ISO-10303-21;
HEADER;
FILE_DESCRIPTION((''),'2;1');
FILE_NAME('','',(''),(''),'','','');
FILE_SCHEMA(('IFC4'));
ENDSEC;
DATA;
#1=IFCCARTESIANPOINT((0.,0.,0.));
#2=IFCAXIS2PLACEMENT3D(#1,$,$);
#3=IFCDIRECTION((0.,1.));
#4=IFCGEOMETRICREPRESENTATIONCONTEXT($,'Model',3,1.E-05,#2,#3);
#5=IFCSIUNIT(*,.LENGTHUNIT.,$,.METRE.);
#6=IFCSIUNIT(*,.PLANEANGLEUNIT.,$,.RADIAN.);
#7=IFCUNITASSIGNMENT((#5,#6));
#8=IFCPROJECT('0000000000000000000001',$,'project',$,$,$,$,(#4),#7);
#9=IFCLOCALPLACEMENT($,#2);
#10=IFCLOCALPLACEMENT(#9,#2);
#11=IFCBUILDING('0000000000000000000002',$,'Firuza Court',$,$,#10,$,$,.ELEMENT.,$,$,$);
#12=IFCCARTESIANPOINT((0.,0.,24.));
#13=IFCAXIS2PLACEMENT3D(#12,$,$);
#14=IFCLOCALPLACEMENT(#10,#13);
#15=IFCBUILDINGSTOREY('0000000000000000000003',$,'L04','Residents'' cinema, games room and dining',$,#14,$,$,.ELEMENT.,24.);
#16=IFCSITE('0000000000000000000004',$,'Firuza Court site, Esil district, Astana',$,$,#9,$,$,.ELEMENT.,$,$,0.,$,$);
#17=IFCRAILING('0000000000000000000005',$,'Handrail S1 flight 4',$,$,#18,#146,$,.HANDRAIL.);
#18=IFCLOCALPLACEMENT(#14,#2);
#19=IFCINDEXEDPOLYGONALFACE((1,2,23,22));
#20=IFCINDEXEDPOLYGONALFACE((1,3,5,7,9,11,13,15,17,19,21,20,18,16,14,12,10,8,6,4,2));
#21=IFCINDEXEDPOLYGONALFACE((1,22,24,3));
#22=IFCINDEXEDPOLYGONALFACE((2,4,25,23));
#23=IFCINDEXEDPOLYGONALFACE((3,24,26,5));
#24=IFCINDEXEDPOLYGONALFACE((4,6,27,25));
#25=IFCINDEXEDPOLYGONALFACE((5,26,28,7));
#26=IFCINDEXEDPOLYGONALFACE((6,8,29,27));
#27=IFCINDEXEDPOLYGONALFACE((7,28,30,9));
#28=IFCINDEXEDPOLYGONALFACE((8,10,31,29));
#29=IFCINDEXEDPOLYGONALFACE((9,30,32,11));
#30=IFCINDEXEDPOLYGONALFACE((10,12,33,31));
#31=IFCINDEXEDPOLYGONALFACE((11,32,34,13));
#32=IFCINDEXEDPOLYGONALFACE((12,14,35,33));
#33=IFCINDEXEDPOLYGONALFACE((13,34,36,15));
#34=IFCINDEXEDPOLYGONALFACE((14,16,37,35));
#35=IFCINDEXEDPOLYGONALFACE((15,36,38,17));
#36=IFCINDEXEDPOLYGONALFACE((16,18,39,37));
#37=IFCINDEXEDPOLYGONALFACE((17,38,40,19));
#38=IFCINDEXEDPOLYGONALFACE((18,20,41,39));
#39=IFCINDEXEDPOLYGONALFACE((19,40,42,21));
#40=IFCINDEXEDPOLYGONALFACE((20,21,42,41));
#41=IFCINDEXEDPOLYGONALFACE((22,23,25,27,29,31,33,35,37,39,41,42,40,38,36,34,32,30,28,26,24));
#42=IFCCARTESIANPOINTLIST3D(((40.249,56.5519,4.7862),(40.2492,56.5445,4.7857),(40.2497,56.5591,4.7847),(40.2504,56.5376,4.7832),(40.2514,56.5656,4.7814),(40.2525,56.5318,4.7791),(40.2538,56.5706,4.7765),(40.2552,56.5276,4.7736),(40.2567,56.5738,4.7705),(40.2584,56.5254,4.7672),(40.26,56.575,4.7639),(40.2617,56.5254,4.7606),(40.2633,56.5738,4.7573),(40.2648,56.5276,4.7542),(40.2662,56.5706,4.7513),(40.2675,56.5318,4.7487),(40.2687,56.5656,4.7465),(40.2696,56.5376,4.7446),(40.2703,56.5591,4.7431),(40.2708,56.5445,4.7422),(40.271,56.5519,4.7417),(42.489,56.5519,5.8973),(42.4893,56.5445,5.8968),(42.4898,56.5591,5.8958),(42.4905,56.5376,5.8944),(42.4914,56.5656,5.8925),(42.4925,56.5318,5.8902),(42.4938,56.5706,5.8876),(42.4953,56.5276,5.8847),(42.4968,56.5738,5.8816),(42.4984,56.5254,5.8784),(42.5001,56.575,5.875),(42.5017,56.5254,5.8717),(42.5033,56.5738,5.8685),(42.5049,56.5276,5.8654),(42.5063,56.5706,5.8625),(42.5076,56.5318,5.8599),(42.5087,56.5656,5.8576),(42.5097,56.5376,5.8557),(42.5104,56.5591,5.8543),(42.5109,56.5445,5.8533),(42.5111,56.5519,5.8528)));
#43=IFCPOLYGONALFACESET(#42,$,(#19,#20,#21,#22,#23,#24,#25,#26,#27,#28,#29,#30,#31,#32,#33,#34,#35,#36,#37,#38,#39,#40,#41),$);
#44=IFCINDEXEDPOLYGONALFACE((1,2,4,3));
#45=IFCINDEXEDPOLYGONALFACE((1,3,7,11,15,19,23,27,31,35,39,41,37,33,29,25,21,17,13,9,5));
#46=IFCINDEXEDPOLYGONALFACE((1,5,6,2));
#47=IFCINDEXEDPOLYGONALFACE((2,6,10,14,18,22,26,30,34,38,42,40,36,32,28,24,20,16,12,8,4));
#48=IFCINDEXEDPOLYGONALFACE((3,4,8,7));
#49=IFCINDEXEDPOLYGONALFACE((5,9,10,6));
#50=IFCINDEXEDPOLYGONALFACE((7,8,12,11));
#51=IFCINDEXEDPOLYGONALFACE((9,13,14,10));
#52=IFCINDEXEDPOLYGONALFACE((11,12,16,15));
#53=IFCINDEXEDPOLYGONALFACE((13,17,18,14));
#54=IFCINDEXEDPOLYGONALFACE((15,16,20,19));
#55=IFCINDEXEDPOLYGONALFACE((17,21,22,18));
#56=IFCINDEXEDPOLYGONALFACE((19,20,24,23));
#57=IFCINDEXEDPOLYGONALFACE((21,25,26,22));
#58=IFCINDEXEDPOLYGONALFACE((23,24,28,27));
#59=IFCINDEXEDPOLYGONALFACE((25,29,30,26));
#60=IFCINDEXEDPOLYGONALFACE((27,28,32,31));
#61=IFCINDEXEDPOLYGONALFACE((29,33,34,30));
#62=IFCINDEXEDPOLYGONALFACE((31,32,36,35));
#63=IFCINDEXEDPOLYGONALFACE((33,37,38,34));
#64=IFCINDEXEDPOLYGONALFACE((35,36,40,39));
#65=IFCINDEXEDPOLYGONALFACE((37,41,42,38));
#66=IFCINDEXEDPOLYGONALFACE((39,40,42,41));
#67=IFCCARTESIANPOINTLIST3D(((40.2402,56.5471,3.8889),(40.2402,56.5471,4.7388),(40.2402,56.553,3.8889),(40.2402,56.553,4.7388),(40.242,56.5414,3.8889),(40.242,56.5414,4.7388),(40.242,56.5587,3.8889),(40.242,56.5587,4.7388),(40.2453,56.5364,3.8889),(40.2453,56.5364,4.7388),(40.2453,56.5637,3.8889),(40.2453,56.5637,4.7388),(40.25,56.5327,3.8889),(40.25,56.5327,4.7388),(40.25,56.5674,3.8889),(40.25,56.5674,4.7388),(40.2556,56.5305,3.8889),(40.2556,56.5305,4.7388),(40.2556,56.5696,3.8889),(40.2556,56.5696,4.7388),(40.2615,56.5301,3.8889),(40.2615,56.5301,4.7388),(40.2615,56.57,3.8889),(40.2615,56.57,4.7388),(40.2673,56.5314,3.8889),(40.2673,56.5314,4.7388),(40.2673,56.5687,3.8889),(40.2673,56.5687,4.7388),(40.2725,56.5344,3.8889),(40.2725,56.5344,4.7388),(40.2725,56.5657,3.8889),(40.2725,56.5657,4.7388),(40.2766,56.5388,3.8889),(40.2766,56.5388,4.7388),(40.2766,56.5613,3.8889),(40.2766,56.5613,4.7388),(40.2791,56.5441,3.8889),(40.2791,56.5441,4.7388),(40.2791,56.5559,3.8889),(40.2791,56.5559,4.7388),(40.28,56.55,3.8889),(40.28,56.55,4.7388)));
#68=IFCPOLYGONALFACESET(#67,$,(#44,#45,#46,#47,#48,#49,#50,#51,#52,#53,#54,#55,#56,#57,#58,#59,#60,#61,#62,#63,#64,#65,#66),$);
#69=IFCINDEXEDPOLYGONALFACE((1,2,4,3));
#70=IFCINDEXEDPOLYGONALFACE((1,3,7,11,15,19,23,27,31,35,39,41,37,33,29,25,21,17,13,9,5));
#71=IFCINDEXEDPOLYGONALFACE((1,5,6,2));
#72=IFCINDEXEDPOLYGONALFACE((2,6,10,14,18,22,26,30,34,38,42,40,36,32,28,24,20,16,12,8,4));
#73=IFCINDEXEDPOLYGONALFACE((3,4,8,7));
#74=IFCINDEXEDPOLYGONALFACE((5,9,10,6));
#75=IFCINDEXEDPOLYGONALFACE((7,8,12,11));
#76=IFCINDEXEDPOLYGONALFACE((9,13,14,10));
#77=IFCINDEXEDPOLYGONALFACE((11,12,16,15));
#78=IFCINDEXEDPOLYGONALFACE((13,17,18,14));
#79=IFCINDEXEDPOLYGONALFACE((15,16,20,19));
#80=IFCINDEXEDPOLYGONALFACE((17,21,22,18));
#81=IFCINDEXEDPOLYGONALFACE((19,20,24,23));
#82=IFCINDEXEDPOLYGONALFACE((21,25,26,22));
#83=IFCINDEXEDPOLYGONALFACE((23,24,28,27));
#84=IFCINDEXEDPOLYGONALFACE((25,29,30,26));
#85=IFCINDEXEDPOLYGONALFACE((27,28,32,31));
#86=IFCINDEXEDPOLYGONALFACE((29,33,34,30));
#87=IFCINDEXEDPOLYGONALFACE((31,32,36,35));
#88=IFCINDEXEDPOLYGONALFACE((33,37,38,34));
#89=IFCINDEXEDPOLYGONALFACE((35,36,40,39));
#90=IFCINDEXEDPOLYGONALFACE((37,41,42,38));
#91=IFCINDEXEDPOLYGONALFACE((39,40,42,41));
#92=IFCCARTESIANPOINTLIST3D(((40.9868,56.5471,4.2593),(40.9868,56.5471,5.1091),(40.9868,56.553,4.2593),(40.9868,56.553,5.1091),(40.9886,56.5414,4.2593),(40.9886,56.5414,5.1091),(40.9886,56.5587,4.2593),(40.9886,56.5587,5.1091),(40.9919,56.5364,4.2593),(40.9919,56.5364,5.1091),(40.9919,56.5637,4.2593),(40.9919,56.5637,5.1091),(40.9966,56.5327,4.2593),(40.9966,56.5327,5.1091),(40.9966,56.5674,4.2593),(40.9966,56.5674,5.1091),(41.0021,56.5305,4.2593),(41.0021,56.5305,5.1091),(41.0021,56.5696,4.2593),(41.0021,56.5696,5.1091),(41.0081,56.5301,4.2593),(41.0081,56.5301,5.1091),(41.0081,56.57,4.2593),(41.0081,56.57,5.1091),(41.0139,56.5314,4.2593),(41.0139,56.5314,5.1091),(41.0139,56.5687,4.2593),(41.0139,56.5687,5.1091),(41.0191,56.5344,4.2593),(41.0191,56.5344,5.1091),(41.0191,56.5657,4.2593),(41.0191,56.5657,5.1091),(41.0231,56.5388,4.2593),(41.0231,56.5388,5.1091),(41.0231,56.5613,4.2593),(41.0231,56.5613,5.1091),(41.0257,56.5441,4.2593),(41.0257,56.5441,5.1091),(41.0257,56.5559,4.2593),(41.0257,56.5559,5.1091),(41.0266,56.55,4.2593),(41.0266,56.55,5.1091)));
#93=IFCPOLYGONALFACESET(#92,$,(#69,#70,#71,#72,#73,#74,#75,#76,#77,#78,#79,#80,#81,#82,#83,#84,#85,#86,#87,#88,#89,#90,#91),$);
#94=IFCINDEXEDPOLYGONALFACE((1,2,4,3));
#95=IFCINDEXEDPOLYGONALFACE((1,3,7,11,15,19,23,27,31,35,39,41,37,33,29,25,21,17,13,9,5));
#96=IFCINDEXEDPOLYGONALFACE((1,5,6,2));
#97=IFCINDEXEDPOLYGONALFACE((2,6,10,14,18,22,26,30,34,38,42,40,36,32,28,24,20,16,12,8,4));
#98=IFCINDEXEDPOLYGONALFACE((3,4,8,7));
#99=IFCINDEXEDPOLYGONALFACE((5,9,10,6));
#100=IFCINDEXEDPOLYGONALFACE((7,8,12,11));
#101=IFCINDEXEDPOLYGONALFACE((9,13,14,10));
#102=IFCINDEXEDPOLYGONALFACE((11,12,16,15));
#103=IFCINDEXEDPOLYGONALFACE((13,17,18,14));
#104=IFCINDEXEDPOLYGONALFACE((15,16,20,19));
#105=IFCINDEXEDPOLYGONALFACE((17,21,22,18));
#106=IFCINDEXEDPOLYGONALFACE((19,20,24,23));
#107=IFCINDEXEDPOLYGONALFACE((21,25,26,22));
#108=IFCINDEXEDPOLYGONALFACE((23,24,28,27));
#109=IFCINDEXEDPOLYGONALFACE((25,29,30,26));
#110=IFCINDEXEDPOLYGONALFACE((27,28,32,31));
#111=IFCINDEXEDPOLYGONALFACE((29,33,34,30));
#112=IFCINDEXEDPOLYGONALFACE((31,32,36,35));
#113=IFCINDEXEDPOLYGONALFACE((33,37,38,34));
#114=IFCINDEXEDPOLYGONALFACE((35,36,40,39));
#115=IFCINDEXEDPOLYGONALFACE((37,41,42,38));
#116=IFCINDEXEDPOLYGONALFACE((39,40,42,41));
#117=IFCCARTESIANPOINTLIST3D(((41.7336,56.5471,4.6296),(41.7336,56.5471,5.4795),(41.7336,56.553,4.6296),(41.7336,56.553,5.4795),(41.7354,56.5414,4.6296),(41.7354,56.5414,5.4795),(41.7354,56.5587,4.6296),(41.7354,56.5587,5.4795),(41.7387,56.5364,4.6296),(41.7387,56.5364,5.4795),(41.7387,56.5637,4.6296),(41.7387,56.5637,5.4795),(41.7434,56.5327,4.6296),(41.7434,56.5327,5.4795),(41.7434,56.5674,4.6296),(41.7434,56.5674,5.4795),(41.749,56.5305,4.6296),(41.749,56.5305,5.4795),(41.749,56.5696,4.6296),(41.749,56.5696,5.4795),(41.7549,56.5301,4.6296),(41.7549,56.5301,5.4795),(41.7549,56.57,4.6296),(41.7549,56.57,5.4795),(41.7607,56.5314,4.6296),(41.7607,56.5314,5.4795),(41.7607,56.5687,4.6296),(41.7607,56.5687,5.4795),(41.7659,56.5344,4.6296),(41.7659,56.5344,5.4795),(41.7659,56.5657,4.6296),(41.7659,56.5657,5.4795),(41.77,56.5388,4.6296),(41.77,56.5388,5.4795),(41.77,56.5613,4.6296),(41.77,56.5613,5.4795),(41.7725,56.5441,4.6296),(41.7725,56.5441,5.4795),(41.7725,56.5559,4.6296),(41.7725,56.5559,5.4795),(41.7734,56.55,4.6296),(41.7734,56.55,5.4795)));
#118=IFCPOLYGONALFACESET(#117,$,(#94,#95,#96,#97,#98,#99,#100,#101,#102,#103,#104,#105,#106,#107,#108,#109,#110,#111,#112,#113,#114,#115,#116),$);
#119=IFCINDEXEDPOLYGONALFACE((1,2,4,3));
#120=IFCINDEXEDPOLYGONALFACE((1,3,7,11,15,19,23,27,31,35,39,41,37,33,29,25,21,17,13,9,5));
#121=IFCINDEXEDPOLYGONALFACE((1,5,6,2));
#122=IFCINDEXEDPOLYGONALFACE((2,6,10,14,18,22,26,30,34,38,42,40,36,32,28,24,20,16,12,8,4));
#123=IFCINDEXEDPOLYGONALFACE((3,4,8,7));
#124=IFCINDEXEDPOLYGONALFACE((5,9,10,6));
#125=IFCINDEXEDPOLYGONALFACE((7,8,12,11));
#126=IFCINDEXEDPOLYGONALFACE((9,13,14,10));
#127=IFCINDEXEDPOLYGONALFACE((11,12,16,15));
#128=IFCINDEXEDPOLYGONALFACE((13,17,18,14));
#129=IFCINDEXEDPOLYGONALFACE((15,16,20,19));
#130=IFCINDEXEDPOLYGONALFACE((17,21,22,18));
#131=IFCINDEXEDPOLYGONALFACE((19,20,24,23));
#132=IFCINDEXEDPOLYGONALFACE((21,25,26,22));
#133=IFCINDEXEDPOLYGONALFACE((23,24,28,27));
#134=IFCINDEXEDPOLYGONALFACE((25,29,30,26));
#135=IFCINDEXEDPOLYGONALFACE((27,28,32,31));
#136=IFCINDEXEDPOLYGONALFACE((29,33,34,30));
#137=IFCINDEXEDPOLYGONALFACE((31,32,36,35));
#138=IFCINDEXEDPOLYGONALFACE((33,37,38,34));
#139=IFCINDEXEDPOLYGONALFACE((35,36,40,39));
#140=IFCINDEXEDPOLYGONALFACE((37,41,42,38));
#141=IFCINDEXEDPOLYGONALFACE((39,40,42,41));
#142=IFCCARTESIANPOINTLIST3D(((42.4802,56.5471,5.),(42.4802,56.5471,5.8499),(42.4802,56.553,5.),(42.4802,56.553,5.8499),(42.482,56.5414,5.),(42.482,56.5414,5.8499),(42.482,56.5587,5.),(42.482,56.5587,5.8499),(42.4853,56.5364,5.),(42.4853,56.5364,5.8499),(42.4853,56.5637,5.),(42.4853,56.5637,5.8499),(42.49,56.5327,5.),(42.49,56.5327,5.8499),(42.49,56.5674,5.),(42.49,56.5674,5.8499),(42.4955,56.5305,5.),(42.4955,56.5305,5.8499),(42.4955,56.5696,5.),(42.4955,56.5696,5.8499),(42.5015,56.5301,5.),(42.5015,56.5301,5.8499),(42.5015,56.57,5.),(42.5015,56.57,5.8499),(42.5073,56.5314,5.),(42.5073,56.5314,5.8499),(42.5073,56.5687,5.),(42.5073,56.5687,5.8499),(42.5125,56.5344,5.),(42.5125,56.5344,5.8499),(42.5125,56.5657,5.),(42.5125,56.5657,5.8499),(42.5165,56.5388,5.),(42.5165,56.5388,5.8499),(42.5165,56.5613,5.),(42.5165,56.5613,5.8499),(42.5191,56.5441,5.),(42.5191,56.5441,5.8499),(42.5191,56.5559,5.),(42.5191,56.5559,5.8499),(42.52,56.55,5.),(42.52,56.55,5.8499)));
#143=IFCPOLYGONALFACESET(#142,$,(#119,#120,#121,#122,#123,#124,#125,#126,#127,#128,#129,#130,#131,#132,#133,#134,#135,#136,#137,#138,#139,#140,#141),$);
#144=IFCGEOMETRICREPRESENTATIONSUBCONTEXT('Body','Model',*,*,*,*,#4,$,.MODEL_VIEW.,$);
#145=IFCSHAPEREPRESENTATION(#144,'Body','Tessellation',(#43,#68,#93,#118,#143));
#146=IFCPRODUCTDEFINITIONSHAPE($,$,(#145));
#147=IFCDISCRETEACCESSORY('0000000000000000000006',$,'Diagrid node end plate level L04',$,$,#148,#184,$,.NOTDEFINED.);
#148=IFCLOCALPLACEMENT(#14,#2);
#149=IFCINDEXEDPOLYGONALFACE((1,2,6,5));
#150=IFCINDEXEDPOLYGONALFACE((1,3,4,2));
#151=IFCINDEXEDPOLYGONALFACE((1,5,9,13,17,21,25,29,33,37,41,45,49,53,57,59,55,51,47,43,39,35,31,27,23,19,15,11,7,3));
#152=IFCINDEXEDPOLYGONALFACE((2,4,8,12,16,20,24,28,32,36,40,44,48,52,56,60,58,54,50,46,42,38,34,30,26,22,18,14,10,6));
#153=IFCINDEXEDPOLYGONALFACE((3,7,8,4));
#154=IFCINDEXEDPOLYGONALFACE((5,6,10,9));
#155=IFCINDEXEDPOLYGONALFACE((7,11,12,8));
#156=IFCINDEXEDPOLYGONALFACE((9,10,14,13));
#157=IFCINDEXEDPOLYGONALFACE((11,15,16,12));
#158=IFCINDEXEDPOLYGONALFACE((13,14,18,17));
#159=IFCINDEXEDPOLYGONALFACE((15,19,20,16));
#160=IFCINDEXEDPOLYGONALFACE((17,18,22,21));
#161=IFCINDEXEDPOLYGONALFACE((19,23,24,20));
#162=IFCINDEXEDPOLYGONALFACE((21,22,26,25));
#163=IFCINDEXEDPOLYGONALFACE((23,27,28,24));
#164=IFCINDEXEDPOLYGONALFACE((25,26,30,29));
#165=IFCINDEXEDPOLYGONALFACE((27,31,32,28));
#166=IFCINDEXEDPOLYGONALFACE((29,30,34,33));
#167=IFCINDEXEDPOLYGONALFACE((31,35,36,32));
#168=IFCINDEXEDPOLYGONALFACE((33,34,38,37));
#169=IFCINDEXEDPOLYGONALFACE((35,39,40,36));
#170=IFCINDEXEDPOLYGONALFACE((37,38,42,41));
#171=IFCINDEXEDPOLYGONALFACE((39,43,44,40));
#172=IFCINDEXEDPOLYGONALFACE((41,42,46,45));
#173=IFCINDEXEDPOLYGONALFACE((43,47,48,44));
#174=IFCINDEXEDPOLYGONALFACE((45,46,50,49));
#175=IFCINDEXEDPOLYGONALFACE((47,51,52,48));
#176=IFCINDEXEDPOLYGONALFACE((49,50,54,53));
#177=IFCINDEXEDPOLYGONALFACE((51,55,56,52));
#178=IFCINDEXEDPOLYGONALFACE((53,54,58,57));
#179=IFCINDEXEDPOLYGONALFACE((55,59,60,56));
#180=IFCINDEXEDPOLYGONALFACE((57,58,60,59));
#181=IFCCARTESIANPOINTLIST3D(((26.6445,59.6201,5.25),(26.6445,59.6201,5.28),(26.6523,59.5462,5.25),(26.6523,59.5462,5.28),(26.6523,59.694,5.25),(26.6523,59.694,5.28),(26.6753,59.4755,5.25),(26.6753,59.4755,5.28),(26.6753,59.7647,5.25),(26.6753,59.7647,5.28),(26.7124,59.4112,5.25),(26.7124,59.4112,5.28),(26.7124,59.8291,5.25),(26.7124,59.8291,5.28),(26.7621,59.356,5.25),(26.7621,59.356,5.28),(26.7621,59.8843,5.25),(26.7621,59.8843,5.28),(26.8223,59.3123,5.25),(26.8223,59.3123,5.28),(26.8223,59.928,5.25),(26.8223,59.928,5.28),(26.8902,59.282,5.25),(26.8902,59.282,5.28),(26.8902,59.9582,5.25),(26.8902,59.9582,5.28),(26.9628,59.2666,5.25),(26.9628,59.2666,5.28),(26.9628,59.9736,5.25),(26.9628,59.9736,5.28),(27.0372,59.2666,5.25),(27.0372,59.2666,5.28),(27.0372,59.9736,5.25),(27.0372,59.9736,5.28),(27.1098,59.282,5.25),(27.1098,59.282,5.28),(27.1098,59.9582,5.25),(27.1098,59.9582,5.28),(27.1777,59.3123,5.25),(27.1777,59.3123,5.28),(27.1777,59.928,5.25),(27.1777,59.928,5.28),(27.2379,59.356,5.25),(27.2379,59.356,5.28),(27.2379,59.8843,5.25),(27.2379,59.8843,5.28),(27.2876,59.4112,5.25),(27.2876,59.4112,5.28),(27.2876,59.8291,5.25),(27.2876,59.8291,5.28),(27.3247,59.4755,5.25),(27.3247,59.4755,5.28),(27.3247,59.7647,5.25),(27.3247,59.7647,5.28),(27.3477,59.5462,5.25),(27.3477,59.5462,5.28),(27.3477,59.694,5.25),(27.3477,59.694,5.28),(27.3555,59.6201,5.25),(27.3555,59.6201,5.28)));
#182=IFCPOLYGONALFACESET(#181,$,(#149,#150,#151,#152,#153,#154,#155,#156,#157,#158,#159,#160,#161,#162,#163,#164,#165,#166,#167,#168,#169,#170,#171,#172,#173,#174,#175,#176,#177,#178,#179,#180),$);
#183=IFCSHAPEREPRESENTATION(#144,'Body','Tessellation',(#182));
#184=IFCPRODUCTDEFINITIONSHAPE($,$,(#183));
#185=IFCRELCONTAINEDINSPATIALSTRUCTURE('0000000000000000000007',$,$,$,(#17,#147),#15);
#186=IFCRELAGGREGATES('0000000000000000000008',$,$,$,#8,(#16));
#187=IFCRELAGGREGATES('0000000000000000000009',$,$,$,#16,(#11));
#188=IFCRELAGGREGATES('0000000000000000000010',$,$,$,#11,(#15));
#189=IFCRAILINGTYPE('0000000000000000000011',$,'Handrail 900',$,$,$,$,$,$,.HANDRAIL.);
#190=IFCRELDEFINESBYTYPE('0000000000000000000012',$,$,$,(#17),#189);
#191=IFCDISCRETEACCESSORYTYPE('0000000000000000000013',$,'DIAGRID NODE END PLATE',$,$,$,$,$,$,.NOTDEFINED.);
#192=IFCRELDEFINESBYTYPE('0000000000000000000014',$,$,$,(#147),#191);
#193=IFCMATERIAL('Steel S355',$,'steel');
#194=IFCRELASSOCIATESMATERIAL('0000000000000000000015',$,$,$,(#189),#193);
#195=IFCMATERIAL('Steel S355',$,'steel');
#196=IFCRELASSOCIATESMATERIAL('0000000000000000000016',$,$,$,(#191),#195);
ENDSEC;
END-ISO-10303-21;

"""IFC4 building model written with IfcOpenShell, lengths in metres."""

from ifc_helpers import new_model, si_unit, direction, frame, origin, origin_2d, place, context, subcontext, project, spatial, circle, extrude, material, material_profile, profile_set, type_object, element, save


model = new_model("IFC4")

# Units and contexts
model_context = context("Model", 3, precision=1e-05, world=origin(), true_north=direction((0.0, 1.0)))
body_context = subcontext(model_context, "Body", "Model", "MODEL_VIEW")
ifc_project = project(units=[si_unit("LENGTHUNIT", "METRE"), si_unit("PLANEANGLEUNIT", "RADIAN")], contexts=[model_context])

# Site, building, storey
site_placement = place(None, origin())
site = spatial("IfcSite", under=ifc_project, at=site_placement, Name="Firuza Court site, Esil district, Astana", CompositionType="ELEMENT", RefElevation=0.0)
building_placement = place(site_placement, origin())
building = spatial("IfcBuilding", under=site, at=building_placement, Name="Firuza Court", CompositionType="ELEMENT")
storey_placement = place(building_placement, frame((0.0, 0.0, 24.0)))
storey = spatial("IfcBuildingStorey", under=building, at=storey_placement, Name="L04", Description="Residents' cinema, games room and dining", CompositionType="ELEMENT", Elevation=24.0)

# Railing
ifc_material_1 = material(Name="Steel S355", Category="steel")
railing_type = type_object("IfcRailingType", Name="Handrail 900", PredefinedType="HANDRAIL", material=ifc_material_1)
for number, where, name in (
    (1, (40.26, 56.55, 3.8889), "Handrail S1 flight 4"),
):
    element("IfcRailing", number, at=place(storey_placement, frame(where)), inside=storey, type_object=railing_type, Name=name, PredefinedType="HANDRAIL", context=body_context, shape_type="SweptSolid", body=[
        extrude(circle(Radius=0.0249, at=origin_2d()), frame((0.0, 0.0, 0.875), z_axis=(0.895848, 0.0, 0.44436), x_axis=(0.0, 1.0, 0.0)), (0.0, 0.0, 1.0), 2.5005),
        extrude(circle(Radius=0.02, at=origin_2d()), origin(), (0.0, 0.0, 1.0), 0.8499),
        extrude(circle(Radius=0.02, at=origin_2d()), frame((0.7466, 0.0, 0.3704)), (0.0, 0.0, 1.0), 0.8499),
        extrude(circle(Radius=0.02, at=origin_2d()), frame((1.4934, 0.0, 0.7407)), (0.0, 0.0, 1.0), 0.8499),
        extrude(circle(Radius=0.02, at=origin_2d()), frame((2.24, 0.0, 1.1111)), (0.0, 0.0, 1.0), 0.8499),
    ])

# Discrete accessory
ifc_material_2 = material(Name="Steel S355", Category="steel")
ifc_material_profile_1 = material_profile(ifc_material_2, circle(Radius=0.3555, at=origin_2d()), Name="PL D711")
ifc_profile_set_1 = profile_set([ifc_material_profile_1], Name="Steel S355")
discrete_accessory_type = type_object("IfcDiscreteAccessoryType", Name="DIAGRID NODE END PLATE", PredefinedType="NOTDEFINED", material=ifc_profile_set_1)
discrete_accessory_1_placement = place(storey_placement, frame((27.0, 59.6201, 5.25), z_axis=(0.0, 0.0, 1.0), x_axis=(1.0, 0.0, 0.0)))
element("IfcDiscreteAccessory", 2, at=discrete_accessory_1_placement, inside=storey, type_object=discrete_accessory_type, Name="Diagrid node end plate level L04", PredefinedType="NOTDEFINED", context=body_context, shape_type="SweptSolid", body=[
    extrude(circle(Radius=0.3555, at=origin_2d()), origin(), (0.0, 0.0, 1.0), 0.03),
])

save(model, "model.ifc")
